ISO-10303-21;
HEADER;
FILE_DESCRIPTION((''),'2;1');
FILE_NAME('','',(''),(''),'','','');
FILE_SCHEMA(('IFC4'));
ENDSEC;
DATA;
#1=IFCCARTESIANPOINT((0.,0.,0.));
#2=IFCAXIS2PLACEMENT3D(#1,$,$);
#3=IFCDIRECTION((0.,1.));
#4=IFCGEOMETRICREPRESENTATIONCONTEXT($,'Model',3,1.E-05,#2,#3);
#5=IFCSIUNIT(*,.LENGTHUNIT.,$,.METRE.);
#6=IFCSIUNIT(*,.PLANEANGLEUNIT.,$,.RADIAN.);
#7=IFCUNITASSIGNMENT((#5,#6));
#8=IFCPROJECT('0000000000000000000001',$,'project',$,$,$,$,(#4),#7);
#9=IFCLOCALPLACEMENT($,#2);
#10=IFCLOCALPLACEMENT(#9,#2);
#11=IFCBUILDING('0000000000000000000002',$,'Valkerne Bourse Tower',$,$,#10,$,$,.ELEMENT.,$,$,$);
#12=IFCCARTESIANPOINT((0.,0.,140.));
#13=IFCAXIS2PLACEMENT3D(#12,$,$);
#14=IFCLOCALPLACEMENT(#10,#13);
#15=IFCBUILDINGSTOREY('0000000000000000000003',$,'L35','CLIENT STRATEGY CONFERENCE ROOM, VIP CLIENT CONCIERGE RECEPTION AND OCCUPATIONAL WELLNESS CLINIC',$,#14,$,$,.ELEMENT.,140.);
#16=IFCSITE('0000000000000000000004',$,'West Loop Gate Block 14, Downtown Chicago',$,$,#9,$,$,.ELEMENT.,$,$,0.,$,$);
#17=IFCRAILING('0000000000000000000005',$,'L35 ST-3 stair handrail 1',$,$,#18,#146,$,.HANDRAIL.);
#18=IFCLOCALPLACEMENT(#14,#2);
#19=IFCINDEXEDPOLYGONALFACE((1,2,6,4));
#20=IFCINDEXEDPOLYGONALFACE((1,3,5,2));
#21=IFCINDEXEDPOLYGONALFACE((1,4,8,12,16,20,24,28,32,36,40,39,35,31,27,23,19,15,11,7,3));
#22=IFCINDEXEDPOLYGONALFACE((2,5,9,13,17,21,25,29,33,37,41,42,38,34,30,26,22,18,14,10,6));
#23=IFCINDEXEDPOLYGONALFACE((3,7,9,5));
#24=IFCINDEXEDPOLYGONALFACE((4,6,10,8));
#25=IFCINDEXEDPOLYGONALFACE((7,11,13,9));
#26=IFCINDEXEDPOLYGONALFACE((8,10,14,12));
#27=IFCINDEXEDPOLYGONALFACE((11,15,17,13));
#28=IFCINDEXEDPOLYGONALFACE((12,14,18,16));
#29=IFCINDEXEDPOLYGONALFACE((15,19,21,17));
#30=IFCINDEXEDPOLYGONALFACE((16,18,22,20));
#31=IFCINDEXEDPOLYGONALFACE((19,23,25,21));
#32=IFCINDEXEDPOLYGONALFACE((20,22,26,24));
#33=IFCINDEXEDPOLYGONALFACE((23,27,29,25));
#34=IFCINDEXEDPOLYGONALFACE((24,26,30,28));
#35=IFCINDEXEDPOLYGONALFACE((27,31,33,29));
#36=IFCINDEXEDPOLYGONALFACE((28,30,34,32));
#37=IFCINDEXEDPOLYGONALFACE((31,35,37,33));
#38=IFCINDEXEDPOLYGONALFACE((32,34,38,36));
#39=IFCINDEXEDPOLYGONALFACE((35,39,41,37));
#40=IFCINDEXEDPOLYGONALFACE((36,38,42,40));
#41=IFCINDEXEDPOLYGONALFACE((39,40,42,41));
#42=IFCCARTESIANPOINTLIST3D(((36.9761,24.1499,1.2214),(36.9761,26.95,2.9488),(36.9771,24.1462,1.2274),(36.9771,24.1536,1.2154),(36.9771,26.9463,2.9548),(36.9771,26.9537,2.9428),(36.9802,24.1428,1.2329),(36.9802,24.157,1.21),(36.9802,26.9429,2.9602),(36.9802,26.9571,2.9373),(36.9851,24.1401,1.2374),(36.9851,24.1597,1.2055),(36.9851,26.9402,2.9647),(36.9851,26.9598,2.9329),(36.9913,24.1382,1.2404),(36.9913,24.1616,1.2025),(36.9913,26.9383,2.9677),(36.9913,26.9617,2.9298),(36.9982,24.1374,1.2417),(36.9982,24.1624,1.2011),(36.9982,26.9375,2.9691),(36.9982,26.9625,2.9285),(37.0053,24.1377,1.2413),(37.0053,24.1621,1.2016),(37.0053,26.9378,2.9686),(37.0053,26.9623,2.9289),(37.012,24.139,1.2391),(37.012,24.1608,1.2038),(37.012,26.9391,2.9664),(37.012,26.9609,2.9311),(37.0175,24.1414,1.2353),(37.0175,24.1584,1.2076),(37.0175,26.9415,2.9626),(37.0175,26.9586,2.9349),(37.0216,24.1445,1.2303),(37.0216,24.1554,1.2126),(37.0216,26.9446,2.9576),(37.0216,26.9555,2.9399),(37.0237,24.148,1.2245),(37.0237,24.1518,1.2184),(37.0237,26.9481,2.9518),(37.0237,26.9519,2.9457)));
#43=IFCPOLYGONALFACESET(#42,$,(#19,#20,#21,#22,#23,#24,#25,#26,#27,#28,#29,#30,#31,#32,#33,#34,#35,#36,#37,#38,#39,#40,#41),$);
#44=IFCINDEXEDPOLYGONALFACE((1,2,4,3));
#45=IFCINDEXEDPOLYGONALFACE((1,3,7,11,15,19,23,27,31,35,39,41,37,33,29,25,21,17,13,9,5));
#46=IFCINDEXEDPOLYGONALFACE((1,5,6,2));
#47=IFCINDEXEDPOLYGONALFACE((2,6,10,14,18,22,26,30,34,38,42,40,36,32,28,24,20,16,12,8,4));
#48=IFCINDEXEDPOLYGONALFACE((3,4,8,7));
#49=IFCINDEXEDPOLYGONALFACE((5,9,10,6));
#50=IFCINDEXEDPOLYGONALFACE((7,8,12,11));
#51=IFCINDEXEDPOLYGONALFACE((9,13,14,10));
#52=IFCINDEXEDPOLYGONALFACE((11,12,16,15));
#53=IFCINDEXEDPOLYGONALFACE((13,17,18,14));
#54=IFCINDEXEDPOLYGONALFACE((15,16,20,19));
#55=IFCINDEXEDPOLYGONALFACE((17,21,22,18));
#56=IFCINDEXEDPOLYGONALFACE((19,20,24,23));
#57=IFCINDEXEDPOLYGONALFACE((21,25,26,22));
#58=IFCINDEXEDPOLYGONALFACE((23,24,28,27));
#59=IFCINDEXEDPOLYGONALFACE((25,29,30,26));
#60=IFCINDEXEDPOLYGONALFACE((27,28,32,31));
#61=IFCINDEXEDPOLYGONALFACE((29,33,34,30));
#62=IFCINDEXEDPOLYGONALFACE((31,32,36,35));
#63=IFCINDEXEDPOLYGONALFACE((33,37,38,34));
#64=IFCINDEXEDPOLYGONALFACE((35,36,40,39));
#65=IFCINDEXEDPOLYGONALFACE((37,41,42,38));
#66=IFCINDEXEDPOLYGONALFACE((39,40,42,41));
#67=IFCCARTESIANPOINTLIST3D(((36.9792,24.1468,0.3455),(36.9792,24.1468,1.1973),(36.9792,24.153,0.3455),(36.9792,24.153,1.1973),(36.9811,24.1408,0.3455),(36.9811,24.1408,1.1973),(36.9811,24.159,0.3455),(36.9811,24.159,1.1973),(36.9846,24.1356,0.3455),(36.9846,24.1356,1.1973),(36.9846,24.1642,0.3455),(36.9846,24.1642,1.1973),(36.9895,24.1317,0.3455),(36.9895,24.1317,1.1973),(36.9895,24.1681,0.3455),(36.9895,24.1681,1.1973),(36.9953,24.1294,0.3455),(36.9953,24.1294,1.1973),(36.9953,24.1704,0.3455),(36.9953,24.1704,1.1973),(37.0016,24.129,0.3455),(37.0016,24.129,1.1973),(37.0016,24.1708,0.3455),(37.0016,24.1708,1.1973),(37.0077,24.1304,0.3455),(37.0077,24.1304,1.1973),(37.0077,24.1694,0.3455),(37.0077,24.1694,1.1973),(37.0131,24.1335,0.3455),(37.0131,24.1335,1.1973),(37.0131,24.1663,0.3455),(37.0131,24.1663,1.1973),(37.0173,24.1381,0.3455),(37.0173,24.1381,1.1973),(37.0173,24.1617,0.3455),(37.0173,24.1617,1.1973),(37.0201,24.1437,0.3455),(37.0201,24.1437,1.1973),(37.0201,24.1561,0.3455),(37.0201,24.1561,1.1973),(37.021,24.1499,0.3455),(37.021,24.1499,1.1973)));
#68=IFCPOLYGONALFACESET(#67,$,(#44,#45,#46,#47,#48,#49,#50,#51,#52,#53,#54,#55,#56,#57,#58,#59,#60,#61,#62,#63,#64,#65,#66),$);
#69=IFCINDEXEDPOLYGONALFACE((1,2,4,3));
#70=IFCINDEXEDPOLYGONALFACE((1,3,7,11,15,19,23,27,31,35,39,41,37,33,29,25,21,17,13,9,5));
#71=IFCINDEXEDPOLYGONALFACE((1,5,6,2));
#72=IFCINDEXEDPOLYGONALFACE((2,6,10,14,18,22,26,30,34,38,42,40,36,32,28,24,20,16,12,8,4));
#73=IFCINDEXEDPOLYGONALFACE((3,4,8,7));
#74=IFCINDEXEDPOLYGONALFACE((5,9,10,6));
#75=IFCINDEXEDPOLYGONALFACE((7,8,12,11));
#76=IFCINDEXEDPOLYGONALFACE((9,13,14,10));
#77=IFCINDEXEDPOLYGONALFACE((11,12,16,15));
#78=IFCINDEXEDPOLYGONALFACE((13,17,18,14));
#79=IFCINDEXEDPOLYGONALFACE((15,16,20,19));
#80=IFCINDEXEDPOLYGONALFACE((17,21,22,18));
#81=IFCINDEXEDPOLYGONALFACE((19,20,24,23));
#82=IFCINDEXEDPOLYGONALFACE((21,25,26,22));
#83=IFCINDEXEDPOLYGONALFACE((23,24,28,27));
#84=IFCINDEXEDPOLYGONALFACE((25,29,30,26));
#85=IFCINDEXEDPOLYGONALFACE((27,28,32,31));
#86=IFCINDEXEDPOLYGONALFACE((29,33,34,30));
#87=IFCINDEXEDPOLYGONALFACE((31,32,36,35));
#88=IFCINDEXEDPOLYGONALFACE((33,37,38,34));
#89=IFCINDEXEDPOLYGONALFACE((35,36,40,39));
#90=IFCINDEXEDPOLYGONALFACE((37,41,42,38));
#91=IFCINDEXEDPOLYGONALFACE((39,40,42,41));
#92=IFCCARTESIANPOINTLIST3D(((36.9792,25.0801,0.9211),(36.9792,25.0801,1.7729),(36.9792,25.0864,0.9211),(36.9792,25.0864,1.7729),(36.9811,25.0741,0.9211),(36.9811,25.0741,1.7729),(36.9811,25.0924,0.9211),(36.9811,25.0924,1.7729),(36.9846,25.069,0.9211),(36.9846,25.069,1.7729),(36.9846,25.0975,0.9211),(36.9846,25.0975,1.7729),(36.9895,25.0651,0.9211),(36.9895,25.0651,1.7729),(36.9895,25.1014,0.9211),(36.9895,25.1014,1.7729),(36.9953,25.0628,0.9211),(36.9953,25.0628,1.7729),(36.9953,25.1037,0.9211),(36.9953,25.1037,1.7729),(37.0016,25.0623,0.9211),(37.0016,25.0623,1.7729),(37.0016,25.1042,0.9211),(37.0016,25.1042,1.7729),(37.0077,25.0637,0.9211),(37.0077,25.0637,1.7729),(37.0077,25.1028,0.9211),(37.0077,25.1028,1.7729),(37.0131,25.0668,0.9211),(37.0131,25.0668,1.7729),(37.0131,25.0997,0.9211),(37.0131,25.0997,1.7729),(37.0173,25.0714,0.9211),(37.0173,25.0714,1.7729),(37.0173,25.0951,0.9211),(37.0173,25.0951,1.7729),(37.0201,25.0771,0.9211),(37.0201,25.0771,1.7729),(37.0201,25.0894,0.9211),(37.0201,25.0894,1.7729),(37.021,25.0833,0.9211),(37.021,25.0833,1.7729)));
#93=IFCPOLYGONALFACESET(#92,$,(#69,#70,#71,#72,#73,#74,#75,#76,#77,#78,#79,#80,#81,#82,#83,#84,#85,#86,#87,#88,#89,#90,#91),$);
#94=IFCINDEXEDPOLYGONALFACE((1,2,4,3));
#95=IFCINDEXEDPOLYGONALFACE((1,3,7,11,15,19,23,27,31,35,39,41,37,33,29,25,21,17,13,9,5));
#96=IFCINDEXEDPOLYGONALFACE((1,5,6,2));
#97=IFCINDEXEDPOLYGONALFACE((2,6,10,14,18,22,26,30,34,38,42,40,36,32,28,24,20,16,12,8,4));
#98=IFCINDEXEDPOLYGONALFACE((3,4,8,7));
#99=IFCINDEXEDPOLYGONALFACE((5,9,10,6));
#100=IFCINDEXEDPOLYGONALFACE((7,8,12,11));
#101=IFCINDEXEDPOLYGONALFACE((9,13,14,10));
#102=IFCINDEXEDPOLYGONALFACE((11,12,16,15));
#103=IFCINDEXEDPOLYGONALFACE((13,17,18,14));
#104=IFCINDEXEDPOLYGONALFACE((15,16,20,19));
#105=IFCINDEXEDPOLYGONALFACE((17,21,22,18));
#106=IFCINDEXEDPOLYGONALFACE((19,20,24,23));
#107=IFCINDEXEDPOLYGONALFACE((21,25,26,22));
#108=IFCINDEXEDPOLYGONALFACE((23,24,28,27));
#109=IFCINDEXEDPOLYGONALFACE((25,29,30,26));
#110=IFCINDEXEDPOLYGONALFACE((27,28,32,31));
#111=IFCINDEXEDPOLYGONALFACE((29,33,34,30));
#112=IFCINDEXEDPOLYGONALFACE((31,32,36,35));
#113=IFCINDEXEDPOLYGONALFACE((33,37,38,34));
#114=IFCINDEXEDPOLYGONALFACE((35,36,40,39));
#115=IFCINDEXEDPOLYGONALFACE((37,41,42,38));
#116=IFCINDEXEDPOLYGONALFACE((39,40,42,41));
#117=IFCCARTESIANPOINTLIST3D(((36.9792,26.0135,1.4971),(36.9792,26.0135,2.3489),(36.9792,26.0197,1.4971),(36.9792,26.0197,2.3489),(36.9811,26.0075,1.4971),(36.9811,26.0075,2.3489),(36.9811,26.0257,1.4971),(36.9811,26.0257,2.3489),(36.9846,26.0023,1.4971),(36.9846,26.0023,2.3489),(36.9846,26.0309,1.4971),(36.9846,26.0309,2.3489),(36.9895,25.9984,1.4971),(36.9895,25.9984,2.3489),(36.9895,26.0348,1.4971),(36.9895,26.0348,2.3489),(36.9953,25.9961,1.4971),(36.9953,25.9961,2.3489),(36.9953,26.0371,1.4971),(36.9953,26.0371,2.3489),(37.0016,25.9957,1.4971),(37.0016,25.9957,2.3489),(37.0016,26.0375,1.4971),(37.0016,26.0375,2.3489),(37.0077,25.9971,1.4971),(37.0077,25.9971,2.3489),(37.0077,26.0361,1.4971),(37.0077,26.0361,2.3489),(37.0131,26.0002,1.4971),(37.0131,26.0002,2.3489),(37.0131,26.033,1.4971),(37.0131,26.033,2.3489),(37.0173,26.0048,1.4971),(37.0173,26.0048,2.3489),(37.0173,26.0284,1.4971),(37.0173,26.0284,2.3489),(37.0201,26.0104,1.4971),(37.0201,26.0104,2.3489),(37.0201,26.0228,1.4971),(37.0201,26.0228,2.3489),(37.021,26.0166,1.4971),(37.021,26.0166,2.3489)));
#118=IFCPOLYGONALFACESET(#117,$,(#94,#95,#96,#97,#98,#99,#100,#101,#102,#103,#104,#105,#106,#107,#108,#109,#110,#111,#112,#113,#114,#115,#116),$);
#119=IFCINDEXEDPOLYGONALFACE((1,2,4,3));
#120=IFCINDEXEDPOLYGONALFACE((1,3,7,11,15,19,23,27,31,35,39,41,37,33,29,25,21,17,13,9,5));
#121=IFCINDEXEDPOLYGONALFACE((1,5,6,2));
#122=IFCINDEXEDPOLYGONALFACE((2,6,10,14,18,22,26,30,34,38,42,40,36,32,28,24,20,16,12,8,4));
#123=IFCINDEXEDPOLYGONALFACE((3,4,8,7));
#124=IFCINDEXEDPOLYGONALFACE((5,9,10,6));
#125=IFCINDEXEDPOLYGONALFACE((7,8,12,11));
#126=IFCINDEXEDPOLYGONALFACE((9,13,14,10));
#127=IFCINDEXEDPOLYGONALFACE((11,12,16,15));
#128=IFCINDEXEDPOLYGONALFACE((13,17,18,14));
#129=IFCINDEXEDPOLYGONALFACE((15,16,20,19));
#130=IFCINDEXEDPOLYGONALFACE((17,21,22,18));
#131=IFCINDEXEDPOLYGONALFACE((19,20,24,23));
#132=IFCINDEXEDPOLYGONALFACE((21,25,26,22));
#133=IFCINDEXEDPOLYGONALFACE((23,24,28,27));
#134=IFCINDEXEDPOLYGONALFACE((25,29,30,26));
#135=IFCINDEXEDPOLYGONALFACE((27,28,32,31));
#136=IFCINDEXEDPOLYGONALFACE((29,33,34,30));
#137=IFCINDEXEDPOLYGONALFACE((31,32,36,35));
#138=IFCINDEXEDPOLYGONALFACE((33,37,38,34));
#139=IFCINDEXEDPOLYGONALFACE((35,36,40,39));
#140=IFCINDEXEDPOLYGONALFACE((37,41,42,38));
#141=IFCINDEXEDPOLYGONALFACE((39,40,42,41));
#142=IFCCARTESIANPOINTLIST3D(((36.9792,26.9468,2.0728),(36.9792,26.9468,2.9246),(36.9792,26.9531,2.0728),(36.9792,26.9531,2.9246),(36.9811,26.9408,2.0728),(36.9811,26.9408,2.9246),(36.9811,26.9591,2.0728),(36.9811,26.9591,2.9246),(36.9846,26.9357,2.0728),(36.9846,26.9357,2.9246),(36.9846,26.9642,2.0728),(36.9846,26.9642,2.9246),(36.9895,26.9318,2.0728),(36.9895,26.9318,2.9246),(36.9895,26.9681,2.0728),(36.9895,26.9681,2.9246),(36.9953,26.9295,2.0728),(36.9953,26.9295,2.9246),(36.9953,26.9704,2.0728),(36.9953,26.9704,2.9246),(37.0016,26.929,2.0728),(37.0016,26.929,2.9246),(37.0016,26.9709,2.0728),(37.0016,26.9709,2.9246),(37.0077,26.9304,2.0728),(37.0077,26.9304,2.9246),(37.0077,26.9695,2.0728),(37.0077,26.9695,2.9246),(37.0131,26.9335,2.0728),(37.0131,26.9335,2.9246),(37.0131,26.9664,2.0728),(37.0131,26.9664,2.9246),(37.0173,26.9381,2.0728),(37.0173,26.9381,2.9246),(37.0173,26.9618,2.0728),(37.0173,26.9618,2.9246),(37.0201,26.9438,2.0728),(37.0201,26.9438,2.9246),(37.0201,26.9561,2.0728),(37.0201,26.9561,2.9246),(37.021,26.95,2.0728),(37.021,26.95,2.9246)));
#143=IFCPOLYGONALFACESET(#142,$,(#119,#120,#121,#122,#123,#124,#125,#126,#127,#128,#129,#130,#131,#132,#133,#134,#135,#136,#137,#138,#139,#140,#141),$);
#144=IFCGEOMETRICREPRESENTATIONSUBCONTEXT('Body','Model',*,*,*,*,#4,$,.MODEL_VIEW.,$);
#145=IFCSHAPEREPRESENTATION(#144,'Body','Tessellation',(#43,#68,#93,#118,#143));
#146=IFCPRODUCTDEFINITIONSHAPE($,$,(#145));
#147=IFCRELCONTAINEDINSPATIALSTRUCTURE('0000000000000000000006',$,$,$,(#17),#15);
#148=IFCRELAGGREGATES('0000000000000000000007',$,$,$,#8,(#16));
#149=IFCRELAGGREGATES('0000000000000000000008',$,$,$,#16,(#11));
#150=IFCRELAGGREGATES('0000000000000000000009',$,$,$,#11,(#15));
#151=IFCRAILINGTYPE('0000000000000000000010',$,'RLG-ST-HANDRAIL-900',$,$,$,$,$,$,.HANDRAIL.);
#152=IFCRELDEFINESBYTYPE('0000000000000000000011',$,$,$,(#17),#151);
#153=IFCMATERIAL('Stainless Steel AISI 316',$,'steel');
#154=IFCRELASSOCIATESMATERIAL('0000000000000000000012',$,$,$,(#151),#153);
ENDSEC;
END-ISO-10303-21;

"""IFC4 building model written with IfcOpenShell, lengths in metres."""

from ifc_helpers import new_model, si_unit, direction, frame, origin, origin_2d, place, context, subcontext, project, spatial, circle, extrude, material, type_object, element, save


model = new_model("IFC4")

# Units and contexts
model_context = context("Model", 3, precision=1e-05, world=origin(), true_north=direction((0.0, 1.0)))
body_context = subcontext(model_context, "Body", "Model", "MODEL_VIEW")
ifc_project = project(units=[si_unit("LENGTHUNIT", "METRE"), si_unit("PLANEANGLEUNIT", "RADIAN")], contexts=[model_context])

# Site, building, storey
site_placement = place(None, origin())
site = spatial("IfcSite", under=ifc_project, at=site_placement, Name="West Loop Gate Block 14, Downtown Chicago", CompositionType="ELEMENT", RefElevation=0.0)
building_placement = place(site_placement, origin())
building = spatial("IfcBuilding", under=site, at=building_placement, Name="Valkerne Bourse Tower", CompositionType="ELEMENT")
storey_placement = place(building_placement, frame((0.0, 0.0, 140.0)))
storey = spatial("IfcBuildingStorey", under=building, at=storey_placement, Name="L35", Description="CLIENT STRATEGY CONFERENCE ROOM, VIP CLIENT CONCIERGE RECEPTION AND OCCUPATIONAL WELLNESS CLINIC", CompositionType="ELEMENT", Elevation=140.0)

# Railing
ifc_material_1 = material(Name="Stainless Steel AISI 316", Category="steel")
railing_type_1 = type_object("IfcRailingType", Name="RLG-ST-HANDRAIL-900", PredefinedType="HANDRAIL", material=ifc_material_1)
railing_1_placement = place(storey_placement, frame((37.0, 24.1499, 0.3455)))
element("IfcRailing", 1, at=railing_1_placement, inside=storey, type_object=railing_type_1, Name="L35 ST-3 stair handrail 1", PredefinedType="HANDRAIL", context=body_context, shape_type="SweptSolid", body=[
    extrude(circle(Radius=0.0239, at=origin_2d()), frame((0.0, 0.0, 0.876), z_axis=(0.0, 0.85109, 0.52502), x_axis=(-1.0, 0.0, 0.0)), (0.0, 0.0, 1.0), 3.29),
    extrude(circle(Radius=0.021, at=origin_2d()), origin(), (0.0, 0.0, 1.0), 0.8518),
    extrude(circle(Radius=0.021, at=origin_2d()), frame((0.0, 0.9333, 0.5757)), (0.0, 0.0, 1.0), 0.8518),
    extrude(circle(Radius=0.021, at=origin_2d()), frame((0.0, 1.8667, 1.1516)), (0.0, 0.0, 1.0), 0.8518),
    extrude(circle(Radius=0.021, at=origin_2d()), frame((0.0, 2.8, 1.7273)), (0.0, 0.0, 1.0), 0.8518),
])

save(model, "model.ifc")
